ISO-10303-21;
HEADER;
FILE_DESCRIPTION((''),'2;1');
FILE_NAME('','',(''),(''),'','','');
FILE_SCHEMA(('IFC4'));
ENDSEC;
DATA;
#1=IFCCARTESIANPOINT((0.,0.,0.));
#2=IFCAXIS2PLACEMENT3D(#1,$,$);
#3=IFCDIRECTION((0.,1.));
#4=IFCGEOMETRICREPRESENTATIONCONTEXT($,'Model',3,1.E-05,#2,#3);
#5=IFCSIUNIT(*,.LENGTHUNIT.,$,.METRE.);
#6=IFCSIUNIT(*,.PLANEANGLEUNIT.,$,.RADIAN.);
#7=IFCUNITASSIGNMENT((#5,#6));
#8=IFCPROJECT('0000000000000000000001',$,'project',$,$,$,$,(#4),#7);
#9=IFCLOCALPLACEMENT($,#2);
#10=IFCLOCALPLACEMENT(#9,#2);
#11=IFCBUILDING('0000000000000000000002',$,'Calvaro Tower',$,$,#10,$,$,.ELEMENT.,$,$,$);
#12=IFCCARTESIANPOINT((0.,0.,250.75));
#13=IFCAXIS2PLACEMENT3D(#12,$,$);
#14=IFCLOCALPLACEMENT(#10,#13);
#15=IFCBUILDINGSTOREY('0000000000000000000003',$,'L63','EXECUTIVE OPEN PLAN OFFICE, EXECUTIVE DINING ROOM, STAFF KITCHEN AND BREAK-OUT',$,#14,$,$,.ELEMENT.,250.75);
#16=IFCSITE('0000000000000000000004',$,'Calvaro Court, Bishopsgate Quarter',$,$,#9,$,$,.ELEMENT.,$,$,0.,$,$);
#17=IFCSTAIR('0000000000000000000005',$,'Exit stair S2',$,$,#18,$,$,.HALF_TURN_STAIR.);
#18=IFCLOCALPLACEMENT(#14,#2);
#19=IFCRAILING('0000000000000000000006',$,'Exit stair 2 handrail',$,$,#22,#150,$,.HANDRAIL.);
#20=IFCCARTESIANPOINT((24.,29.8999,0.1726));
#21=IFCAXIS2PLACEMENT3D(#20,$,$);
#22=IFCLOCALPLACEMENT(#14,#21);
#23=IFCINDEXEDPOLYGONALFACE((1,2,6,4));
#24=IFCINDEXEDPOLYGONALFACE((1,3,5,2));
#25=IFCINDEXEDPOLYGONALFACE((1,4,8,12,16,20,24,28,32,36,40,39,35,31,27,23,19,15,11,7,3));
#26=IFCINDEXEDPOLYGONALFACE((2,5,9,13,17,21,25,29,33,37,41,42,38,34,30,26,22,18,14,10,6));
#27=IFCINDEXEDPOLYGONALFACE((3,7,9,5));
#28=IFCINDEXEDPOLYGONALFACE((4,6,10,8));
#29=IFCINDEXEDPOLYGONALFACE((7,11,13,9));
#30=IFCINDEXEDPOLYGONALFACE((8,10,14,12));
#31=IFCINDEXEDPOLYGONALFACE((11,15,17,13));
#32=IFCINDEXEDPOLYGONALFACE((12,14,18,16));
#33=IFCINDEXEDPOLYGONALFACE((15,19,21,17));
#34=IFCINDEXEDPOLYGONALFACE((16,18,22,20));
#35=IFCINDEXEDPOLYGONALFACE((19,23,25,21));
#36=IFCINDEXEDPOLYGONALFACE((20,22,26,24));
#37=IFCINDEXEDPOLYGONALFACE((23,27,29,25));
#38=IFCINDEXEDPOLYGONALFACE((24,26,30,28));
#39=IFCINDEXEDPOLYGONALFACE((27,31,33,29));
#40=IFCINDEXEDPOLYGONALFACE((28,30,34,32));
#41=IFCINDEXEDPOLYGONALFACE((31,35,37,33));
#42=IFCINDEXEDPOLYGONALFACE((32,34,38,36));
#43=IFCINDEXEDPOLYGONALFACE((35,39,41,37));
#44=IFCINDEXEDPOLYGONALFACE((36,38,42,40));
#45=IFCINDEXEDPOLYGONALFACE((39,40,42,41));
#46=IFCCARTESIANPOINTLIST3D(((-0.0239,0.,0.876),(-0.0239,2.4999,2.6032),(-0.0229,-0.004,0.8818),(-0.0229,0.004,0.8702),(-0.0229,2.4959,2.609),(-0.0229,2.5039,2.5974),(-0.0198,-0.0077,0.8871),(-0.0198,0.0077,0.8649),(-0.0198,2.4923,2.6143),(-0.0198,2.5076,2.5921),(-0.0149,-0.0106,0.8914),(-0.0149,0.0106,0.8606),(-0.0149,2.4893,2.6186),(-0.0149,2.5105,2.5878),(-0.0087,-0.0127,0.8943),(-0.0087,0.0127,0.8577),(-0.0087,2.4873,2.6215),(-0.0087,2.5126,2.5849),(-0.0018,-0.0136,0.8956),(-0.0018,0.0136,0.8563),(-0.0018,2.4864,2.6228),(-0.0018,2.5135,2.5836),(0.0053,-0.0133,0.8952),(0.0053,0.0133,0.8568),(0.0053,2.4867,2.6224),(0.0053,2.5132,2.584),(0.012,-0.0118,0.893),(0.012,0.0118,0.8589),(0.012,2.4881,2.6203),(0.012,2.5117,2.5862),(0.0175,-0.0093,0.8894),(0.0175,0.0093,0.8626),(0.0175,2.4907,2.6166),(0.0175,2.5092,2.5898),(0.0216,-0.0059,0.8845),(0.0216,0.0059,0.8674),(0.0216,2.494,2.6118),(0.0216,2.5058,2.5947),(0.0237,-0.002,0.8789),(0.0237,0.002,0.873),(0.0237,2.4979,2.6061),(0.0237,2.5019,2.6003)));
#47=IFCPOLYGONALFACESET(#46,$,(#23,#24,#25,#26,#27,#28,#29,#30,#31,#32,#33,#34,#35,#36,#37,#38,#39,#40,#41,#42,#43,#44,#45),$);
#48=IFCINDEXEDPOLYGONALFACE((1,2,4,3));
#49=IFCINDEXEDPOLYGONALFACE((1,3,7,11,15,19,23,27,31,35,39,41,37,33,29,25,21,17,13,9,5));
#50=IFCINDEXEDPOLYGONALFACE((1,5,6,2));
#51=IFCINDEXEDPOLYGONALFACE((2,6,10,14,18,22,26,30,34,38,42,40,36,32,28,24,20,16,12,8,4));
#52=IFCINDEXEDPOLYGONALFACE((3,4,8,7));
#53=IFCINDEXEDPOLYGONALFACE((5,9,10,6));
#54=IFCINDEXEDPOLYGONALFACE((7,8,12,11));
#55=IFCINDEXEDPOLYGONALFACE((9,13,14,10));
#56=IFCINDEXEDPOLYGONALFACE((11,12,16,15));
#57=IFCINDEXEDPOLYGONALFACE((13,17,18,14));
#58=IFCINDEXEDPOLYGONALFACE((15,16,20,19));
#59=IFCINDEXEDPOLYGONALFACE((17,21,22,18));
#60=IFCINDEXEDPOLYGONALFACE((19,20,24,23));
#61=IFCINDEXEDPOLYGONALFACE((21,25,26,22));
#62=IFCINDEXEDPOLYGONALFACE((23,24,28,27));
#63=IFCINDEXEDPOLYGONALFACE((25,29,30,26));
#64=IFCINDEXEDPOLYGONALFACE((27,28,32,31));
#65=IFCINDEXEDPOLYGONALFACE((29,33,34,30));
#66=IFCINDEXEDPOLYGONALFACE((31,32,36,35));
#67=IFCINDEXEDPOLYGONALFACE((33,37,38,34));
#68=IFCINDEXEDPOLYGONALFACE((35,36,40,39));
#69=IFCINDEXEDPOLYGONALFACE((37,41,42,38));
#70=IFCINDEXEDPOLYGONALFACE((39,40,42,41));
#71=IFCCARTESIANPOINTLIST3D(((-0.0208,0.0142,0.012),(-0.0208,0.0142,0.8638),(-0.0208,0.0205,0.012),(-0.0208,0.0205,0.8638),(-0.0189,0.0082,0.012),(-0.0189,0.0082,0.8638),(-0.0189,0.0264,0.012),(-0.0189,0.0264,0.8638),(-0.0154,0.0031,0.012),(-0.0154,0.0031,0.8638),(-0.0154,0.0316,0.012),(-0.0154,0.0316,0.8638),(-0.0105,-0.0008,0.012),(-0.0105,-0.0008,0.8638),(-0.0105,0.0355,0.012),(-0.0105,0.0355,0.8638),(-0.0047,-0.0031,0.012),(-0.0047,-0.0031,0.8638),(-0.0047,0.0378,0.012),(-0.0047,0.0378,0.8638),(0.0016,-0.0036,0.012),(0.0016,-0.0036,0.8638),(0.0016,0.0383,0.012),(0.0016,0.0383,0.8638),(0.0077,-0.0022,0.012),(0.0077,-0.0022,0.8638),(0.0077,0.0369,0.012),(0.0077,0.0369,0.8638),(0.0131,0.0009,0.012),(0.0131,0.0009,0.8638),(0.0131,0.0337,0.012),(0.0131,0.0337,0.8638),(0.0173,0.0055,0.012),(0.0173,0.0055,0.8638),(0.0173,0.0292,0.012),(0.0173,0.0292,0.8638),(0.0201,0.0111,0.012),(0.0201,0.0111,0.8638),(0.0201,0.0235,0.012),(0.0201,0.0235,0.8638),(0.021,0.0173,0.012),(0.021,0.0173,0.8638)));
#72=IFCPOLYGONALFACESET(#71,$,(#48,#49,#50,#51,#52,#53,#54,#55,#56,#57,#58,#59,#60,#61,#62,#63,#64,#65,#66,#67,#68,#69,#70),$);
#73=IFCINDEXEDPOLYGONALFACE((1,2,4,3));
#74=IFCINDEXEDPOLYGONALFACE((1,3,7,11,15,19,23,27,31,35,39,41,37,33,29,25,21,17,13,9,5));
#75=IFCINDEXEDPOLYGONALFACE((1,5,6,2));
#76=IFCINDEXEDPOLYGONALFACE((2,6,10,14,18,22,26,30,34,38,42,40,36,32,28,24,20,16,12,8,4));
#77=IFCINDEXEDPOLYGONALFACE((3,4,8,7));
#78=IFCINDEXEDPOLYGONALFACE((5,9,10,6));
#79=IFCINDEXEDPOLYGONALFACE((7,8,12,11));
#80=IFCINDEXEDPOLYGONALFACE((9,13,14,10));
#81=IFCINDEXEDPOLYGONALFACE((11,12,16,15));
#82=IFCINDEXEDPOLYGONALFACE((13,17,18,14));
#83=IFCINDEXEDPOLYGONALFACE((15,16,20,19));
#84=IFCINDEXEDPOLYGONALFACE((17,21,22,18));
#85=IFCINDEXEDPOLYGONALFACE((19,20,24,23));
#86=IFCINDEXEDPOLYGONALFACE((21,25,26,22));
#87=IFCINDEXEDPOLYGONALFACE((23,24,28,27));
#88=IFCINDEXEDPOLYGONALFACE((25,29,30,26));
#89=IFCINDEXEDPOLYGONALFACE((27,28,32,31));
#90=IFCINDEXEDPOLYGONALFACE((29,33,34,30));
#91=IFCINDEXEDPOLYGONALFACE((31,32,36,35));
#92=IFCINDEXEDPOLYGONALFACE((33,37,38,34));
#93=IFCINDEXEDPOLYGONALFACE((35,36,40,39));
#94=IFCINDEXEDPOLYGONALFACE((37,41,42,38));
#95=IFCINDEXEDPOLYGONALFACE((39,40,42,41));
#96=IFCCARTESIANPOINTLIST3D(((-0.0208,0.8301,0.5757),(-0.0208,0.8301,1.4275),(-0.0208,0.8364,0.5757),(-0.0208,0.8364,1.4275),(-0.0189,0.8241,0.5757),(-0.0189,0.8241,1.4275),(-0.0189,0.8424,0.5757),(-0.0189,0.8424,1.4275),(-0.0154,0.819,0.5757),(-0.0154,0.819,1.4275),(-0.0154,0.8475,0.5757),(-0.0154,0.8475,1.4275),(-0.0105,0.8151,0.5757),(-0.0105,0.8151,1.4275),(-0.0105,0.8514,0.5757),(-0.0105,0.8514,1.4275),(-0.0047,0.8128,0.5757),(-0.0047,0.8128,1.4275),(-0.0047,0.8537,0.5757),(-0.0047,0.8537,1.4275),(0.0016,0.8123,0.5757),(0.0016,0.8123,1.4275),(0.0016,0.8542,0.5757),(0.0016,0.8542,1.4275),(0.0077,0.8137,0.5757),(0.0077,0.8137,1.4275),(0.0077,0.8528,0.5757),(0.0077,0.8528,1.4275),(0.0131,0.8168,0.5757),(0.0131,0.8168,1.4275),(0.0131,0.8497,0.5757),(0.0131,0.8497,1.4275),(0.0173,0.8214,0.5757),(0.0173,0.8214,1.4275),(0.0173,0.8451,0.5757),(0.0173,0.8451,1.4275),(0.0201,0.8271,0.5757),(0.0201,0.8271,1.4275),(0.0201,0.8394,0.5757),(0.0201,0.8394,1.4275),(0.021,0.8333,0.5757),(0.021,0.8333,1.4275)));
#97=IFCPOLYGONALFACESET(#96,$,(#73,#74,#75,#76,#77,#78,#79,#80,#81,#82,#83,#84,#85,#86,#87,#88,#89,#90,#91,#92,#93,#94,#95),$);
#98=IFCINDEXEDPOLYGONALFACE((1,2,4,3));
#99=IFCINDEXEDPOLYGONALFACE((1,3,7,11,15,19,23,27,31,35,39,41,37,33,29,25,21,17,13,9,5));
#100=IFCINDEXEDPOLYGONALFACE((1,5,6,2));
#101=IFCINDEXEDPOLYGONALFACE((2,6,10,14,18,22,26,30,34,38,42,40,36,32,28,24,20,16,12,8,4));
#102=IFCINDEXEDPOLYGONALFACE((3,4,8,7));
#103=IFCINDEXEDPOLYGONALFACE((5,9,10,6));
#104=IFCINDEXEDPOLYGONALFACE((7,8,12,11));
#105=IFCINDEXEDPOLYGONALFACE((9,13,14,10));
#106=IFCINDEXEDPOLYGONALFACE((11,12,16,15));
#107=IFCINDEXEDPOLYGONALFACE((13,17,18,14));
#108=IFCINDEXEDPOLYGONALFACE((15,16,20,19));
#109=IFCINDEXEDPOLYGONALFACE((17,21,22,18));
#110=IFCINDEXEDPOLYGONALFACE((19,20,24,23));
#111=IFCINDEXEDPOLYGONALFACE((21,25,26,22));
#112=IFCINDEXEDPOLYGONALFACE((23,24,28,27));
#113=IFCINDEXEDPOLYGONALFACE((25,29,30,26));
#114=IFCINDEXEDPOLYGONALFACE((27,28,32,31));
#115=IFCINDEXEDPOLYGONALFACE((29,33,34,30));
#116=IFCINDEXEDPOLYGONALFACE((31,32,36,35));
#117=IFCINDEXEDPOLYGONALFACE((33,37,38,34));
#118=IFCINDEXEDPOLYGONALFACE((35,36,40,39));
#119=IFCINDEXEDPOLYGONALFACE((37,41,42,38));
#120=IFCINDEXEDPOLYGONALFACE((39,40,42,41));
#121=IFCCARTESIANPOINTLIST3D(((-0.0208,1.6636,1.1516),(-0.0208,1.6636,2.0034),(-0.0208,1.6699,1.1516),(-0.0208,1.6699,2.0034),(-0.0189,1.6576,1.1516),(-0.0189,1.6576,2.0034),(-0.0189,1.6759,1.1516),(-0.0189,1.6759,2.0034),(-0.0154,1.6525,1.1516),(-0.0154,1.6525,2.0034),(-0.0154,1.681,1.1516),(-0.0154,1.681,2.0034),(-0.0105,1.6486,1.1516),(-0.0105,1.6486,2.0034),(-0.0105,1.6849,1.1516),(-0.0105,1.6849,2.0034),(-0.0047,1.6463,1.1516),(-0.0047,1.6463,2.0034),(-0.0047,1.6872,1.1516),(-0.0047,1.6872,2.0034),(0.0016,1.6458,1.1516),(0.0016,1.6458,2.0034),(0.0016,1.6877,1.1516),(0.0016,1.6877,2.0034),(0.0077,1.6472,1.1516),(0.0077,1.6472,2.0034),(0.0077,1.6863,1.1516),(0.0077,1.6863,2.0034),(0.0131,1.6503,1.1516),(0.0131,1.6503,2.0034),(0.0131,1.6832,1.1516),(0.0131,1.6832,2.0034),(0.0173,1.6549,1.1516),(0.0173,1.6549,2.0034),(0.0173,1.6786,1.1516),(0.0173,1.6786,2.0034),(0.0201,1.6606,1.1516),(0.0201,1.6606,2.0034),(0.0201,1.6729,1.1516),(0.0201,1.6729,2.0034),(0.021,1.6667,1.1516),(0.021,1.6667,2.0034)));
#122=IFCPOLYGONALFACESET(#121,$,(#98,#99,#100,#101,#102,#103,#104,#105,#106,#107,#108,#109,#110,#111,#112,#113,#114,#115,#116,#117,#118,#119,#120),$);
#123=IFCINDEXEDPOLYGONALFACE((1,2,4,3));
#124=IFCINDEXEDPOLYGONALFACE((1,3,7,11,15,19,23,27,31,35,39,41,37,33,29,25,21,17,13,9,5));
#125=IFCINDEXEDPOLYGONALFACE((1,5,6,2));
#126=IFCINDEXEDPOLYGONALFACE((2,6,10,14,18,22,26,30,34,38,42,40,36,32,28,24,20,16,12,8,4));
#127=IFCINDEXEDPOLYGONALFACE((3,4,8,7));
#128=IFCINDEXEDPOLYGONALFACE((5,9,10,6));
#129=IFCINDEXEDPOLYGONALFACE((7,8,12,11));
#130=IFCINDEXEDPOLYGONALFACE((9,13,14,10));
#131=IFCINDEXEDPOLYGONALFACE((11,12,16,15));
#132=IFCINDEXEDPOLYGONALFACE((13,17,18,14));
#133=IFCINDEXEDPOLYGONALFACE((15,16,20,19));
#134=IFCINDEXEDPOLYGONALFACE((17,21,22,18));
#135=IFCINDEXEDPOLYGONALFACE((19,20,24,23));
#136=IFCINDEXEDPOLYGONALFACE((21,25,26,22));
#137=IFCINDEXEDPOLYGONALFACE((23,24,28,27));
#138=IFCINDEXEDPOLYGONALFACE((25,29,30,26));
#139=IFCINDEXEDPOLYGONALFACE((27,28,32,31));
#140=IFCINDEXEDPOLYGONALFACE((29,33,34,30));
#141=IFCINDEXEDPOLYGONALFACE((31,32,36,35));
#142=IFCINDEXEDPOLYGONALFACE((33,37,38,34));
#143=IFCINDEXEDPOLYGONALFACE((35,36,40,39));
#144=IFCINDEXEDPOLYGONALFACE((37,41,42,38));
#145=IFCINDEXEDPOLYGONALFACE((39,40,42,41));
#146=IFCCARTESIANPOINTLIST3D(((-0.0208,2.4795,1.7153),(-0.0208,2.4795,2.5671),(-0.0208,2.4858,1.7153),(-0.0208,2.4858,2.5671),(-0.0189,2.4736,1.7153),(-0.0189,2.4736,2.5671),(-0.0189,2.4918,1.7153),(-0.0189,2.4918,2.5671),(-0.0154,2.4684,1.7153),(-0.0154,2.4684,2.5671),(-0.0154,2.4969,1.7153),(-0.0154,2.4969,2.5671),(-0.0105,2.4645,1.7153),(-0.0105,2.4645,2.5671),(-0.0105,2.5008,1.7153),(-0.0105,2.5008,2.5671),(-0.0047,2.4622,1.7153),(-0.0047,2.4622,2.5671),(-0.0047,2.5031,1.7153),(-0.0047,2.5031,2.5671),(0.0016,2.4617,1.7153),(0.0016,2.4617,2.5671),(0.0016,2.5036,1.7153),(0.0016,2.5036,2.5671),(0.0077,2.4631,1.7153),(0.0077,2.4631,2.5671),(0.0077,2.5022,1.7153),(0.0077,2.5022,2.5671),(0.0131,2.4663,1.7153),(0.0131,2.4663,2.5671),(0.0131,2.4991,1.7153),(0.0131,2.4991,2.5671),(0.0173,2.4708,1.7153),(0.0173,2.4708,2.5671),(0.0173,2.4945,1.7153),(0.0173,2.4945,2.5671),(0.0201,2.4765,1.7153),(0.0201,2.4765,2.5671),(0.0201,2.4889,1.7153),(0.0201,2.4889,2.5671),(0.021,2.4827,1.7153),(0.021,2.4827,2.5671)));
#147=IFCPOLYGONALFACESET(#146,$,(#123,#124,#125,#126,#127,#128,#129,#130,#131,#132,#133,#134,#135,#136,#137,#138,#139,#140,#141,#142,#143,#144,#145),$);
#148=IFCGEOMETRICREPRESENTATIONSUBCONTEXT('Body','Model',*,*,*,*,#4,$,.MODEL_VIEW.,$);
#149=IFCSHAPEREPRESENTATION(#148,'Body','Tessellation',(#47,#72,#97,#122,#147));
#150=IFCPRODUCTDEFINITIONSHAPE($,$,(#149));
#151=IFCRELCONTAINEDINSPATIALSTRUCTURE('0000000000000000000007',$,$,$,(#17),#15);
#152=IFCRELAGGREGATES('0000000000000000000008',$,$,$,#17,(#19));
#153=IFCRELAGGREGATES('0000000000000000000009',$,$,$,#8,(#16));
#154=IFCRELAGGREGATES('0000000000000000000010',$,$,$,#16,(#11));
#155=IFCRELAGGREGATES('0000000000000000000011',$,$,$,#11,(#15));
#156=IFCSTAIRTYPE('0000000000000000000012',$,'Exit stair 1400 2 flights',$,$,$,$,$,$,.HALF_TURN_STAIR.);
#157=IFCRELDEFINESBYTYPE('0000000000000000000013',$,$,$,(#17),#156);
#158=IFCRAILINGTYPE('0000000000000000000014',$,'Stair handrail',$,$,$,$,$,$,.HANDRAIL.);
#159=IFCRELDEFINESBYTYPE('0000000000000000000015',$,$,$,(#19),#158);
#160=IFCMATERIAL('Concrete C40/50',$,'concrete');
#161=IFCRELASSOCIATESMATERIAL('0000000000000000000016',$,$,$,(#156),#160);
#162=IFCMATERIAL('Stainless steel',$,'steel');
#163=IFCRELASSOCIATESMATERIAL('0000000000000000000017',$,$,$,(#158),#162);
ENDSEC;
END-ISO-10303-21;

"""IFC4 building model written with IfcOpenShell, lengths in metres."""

from ifc_helpers import new_model, si_unit, direction, frame, origin, origin_2d, place, context, subcontext, project, spatial, circle, extrude, material, type_object, element, aggregate, save


model = new_model("IFC4")

# Units and contexts
model_context = context("Model", 3, precision=1e-05, world=origin(), true_north=direction((0.0, 1.0)))
body_context = subcontext(model_context, "Body", "Model", "MODEL_VIEW")
ifc_project = project(units=[si_unit("LENGTHUNIT", "METRE"), si_unit("PLANEANGLEUNIT", "RADIAN")], contexts=[model_context])

# Site, building, storey
site_placement = place(None, origin())
site = spatial("IfcSite", under=ifc_project, at=site_placement, Name="Calvaro Court, Bishopsgate Quarter", CompositionType="ELEMENT", RefElevation=0.0)
building_placement = place(site_placement, origin())
building = spatial("IfcBuilding", under=site, at=building_placement, Name="Calvaro Tower", CompositionType="ELEMENT")
storey_placement = place(building_placement, frame((0.0, 0.0, 250.75)))
storey = spatial("IfcBuildingStorey", under=building, at=storey_placement, Name="L63", Description="EXECUTIVE OPEN PLAN OFFICE, EXECUTIVE DINING ROOM, STAFF KITCHEN AND BREAK-OUT", CompositionType="ELEMENT", Elevation=250.75)

# Stair, railing
ifc_material_1 = material(Name="Concrete C40/50", Category="concrete")
stair_type = type_object("IfcStairType", Name="Exit stair 1400 2 flights", PredefinedType="HALF_TURN_STAIR", material=ifc_material_1)
stair_placement = place(storey_placement, origin())
stair = element("IfcStair", 1, at=stair_placement, inside=storey, type_object=stair_type, Name="Exit stair S2", PredefinedType="HALF_TURN_STAIR")
ifc_material_2 = material(Name="Stainless steel", Category="steel")
railing_type = type_object("IfcRailingType", Name="Stair handrail", PredefinedType="HANDRAIL", material=ifc_material_2)
railing_1_placement = place(storey_placement, frame((24.0, 29.8999, 0.1726)))
railing_1 = element("IfcRailing", 2, at=railing_1_placement, type_object=railing_type, Name="Exit stair 2 handrail", PredefinedType="HANDRAIL", context=body_context, shape_type="SweptSolid", body=[
    extrude(circle(Radius=0.0239, at=origin_2d()), frame((0.0, 0.0, 0.876), z_axis=(0.0, 0.822727, 0.568437), x_axis=(-1.0, 0.0, 0.0)), (0.0, 0.0, 1.0), 3.0386),
    extrude(circle(Radius=0.021, at=origin_2d()), frame((0.0, 0.0173, 0.012)), (0.0, 0.0, 1.0), 0.8518),
    extrude(circle(Radius=0.021, at=origin_2d()), frame((0.0, 0.8333, 0.5757)), (0.0, 0.0, 1.0), 0.8518),
    extrude(circle(Radius=0.021, at=origin_2d()), frame((0.0, 1.6667, 1.1516)), (0.0, 0.0, 1.0), 0.8518),
    extrude(circle(Radius=0.021, at=origin_2d()), frame((0.0, 2.4827, 1.7153)), (0.0, 0.0, 1.0), 0.8518),
])
aggregate(stair, [railing_1])

save(model, "model.ifc")
